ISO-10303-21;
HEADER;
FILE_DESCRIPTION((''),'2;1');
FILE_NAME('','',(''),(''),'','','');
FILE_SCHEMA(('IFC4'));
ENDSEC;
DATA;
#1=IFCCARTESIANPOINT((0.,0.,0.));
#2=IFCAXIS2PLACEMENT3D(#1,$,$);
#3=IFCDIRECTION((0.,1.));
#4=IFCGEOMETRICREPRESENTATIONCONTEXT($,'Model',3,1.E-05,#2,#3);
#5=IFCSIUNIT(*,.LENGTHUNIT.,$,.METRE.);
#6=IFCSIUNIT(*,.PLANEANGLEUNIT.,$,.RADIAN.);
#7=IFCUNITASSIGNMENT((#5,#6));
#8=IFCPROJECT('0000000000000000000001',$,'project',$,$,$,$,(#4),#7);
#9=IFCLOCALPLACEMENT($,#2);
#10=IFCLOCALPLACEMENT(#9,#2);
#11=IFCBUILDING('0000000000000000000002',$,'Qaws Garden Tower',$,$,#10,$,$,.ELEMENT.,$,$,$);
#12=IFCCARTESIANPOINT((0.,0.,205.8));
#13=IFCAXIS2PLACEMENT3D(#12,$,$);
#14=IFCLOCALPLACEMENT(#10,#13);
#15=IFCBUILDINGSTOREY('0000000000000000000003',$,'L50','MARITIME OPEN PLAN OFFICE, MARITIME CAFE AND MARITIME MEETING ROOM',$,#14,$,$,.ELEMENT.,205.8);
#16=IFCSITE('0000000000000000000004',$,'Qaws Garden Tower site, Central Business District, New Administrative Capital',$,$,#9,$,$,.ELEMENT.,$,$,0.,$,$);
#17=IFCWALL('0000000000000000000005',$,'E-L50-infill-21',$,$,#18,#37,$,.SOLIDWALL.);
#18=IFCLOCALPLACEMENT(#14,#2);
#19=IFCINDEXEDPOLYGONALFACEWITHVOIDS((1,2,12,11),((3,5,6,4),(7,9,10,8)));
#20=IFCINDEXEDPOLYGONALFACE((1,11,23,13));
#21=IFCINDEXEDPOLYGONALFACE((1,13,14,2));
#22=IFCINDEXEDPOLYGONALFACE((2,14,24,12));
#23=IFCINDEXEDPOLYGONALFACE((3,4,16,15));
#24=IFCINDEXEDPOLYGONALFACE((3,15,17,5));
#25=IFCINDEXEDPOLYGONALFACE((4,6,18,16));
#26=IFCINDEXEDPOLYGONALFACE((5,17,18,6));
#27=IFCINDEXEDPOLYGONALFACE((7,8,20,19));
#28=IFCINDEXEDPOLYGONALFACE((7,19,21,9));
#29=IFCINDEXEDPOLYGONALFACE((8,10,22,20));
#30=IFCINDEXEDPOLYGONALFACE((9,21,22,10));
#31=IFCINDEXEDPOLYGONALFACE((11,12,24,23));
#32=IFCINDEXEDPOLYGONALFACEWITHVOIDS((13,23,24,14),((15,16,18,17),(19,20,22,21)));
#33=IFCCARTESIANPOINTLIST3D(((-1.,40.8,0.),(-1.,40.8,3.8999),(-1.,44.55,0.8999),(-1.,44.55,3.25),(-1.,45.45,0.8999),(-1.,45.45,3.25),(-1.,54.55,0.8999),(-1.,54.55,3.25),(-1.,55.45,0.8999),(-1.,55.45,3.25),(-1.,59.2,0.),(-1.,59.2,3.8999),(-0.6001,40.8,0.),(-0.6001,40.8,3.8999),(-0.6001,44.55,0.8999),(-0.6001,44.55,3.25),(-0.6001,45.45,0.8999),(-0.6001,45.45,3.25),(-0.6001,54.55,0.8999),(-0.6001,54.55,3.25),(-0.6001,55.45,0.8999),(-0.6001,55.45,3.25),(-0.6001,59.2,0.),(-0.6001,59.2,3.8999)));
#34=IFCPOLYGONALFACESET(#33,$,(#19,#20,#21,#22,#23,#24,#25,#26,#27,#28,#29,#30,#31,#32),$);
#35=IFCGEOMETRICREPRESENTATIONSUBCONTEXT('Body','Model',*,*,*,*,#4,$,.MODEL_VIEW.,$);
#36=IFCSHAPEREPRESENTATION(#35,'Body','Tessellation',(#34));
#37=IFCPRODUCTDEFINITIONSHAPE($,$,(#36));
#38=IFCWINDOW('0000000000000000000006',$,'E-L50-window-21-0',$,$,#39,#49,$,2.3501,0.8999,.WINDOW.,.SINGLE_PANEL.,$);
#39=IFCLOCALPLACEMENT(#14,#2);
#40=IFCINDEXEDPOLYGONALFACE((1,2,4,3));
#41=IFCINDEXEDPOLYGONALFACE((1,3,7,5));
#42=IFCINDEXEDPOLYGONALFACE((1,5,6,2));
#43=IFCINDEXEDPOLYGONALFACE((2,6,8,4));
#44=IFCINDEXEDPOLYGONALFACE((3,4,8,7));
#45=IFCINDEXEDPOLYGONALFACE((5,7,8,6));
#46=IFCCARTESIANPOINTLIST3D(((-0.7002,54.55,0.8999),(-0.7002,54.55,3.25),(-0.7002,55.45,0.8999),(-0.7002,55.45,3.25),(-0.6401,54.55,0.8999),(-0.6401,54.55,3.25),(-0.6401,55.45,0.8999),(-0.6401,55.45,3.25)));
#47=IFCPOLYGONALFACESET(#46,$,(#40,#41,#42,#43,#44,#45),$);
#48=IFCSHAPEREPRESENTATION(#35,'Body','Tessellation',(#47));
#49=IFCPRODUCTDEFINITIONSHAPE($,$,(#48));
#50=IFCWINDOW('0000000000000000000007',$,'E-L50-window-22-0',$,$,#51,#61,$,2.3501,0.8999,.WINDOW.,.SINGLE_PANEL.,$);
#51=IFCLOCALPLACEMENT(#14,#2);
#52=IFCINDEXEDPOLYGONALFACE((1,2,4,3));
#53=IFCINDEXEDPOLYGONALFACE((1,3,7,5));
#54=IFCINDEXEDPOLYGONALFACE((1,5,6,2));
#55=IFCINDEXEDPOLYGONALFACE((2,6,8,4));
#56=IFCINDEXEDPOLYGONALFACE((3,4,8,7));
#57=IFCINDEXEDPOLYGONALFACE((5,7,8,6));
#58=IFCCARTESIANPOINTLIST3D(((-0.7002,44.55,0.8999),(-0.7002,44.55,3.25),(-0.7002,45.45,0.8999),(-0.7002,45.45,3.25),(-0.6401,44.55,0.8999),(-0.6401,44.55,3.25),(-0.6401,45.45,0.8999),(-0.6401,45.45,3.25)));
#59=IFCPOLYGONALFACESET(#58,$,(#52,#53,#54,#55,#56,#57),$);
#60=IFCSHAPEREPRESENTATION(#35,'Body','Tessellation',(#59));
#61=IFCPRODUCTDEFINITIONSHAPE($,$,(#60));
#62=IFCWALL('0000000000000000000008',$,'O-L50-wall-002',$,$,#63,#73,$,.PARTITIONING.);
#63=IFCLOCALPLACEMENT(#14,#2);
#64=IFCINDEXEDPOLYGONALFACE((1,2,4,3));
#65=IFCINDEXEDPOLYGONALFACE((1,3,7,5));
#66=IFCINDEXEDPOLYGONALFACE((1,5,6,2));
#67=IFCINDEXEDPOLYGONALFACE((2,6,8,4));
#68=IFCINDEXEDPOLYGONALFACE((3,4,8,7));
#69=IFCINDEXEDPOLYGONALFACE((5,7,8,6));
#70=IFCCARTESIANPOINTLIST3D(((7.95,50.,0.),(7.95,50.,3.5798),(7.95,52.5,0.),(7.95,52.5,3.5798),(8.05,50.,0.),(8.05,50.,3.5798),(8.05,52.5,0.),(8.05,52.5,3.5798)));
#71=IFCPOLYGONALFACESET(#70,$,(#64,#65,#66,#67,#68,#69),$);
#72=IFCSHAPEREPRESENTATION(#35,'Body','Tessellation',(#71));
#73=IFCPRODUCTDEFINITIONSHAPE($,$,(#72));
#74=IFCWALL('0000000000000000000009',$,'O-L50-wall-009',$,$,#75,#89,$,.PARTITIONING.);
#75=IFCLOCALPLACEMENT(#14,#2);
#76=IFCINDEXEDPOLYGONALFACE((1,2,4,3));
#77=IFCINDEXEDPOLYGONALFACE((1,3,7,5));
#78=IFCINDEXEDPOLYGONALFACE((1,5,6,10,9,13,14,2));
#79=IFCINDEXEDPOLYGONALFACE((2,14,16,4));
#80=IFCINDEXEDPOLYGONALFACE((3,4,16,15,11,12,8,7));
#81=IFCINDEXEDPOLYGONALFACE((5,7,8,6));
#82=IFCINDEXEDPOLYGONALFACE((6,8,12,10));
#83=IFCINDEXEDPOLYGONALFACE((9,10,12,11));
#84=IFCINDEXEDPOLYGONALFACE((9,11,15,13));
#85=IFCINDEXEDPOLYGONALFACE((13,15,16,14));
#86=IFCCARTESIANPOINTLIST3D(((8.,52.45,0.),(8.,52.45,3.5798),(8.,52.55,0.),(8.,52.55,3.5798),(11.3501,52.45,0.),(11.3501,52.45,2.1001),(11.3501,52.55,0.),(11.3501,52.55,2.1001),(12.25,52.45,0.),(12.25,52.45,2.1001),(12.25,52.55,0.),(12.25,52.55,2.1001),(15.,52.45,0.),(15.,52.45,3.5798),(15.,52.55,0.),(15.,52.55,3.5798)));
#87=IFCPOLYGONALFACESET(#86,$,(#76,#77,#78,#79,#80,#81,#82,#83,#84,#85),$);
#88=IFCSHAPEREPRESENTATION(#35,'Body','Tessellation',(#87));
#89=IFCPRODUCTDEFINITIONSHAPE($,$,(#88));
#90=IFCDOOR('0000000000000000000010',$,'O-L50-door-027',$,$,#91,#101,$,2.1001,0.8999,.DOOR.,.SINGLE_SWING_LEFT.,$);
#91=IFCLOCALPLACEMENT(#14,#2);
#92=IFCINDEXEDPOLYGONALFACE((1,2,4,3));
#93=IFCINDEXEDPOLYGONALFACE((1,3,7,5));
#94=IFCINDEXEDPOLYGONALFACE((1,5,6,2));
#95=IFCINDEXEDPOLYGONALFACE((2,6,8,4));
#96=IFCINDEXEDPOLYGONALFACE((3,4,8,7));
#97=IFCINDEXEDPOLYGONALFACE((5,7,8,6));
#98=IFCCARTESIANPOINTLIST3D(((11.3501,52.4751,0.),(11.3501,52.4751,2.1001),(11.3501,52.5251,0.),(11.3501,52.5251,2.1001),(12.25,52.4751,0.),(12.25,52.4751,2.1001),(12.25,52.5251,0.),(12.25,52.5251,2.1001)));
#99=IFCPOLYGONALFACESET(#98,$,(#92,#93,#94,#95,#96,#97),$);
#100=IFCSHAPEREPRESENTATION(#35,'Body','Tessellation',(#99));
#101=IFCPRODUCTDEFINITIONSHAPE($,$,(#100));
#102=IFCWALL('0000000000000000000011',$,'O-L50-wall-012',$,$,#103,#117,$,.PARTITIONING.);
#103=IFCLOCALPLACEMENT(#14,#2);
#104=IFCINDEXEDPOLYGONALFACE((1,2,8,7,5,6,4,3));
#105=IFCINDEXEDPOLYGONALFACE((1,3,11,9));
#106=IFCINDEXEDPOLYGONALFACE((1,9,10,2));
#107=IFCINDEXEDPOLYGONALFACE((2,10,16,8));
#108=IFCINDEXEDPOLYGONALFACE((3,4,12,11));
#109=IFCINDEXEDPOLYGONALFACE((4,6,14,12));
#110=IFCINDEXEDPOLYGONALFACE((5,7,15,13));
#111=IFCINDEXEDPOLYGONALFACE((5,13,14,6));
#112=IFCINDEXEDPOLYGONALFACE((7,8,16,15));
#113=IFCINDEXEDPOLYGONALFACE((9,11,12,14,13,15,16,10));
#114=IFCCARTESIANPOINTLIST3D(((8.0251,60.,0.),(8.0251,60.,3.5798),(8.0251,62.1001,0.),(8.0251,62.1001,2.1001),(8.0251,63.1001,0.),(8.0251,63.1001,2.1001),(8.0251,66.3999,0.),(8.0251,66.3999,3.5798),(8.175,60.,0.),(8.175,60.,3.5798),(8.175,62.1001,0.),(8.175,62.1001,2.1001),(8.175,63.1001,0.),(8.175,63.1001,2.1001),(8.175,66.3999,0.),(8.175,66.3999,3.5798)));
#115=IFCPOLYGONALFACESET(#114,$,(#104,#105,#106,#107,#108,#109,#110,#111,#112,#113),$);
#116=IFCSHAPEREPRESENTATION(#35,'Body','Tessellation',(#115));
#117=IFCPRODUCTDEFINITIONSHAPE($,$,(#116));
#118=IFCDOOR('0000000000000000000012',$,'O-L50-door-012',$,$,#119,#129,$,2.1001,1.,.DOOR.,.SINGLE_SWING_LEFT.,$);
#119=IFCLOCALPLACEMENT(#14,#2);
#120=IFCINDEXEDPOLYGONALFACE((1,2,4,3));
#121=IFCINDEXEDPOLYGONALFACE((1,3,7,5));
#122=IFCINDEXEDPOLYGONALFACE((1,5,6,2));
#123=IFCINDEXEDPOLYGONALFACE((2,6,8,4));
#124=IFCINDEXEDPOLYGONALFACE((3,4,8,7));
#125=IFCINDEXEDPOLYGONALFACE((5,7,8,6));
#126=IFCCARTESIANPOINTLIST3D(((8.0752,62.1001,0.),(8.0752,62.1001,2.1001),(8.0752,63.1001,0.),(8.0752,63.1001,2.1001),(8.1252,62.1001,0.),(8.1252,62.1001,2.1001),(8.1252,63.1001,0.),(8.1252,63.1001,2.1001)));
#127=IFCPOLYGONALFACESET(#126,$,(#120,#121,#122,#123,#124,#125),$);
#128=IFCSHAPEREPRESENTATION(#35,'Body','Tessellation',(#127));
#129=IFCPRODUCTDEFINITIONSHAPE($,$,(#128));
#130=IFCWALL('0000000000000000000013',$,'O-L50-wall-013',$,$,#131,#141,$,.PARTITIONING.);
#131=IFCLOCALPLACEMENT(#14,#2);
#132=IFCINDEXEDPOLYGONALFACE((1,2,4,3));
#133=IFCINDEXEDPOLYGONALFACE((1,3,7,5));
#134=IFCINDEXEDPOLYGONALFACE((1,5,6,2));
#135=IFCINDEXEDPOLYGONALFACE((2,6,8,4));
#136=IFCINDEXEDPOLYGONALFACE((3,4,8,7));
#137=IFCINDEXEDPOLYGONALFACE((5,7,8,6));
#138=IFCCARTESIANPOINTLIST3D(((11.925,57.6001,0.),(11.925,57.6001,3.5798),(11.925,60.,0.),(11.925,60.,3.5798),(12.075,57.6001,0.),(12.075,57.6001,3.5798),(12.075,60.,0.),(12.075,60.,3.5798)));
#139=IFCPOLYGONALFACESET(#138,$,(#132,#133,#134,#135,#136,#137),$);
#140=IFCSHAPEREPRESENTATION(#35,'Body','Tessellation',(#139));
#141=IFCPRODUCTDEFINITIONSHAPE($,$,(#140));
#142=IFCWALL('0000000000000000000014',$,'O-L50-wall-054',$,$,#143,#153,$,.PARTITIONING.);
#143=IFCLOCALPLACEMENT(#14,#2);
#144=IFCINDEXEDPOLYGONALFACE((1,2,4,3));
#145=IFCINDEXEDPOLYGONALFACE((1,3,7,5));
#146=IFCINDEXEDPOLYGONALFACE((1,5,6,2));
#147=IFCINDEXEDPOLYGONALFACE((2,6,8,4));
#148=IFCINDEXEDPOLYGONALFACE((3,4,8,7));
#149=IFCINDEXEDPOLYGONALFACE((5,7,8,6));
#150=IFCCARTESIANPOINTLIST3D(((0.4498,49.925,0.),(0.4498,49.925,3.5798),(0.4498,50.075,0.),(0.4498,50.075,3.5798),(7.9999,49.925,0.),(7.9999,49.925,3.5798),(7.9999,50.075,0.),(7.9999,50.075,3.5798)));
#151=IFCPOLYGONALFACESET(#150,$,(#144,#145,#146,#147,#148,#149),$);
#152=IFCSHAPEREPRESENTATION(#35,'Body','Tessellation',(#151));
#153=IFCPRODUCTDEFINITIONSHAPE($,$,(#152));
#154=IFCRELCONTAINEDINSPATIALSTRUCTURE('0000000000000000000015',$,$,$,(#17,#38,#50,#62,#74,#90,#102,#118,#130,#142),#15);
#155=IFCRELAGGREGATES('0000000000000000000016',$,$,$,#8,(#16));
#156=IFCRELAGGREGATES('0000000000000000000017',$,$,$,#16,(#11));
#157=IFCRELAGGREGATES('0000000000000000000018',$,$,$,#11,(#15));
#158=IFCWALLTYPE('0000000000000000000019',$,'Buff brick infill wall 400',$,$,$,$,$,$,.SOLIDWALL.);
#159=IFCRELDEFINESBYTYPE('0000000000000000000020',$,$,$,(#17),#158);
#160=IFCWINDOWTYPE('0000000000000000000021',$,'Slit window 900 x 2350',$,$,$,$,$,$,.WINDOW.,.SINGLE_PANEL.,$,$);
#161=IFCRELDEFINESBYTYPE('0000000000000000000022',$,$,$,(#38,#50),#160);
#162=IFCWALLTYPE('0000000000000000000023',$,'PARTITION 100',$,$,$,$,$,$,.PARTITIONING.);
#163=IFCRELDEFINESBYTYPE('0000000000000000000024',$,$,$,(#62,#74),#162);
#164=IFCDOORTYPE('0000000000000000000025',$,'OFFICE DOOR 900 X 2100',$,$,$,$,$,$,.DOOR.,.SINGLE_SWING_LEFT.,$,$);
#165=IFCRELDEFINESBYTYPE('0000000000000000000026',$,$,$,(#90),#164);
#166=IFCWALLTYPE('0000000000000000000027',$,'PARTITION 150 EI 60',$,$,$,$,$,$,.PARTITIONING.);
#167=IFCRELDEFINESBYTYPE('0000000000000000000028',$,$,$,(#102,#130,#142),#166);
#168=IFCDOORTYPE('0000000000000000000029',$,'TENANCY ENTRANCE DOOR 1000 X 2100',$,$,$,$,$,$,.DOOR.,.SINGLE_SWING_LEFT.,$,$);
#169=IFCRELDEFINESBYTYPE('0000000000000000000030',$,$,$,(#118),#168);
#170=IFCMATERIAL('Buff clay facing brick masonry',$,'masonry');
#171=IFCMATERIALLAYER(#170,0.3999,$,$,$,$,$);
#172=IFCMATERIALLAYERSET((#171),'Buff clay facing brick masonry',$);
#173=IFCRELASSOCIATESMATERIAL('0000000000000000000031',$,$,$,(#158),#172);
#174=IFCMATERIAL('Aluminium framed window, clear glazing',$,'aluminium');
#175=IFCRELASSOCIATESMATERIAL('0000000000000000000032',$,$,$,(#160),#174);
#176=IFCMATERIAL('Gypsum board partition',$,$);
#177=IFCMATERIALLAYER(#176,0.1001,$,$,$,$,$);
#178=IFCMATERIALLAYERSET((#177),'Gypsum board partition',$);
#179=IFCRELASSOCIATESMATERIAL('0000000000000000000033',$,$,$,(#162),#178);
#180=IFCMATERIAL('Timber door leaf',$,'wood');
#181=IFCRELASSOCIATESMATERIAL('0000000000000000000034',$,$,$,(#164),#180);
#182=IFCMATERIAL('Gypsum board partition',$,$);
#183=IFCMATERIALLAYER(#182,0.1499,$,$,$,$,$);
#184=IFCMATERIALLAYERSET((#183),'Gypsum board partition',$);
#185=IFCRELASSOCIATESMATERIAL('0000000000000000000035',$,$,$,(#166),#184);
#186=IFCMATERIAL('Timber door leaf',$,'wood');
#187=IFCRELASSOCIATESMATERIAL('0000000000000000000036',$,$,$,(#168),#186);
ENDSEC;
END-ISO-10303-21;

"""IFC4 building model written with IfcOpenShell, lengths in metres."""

from ifc_helpers import new_model, si_unit, direction, frame, frame_2d, origin, place, context, subcontext, project, spatial, rectangle, extrude, material, layer, layer_set, type_object, element, fill, save


model = new_model("IFC4")

# Units and contexts
model_context = context("Model", 3, precision=1e-05, world=origin(), true_north=direction((0.0, 1.0)))
body_context = subcontext(model_context, "Body", "Model", "MODEL_VIEW")
ifc_project = project(units=[si_unit("LENGTHUNIT", "METRE"), si_unit("PLANEANGLEUNIT", "RADIAN")], contexts=[model_context])

# Site, building, storey
site_placement = place(None, origin())
site = spatial("IfcSite", under=ifc_project, at=site_placement, Name="Qaws Garden Tower site, Central Business District, New Administrative Capital", CompositionType="ELEMENT", RefElevation=0.0)
building_placement = place(site_placement, origin())
building = spatial("IfcBuilding", under=site, at=building_placement, Name="Qaws Garden Tower", CompositionType="ELEMENT")
storey_placement = place(building_placement, frame((0.0, 0.0, 205.8)))
storey = spatial("IfcBuildingStorey", under=building, at=storey_placement, Name="L50", Description="MARITIME OPEN PLAN OFFICE, MARITIME CAFE AND MARITIME MEETING ROOM", CompositionType="ELEMENT", Elevation=205.8)

# Shared definitions
ifc_material_1 = material(Name="Buff clay facing brick masonry", Category="masonry")
ifc_layer_1 = layer(ifc_material_1, 0.3999)
ifc_layer_set_1 = layer_set([ifc_layer_1], Name="Buff clay facing brick masonry")
wall_type_1 = type_object("IfcWallType", Name="Buff brick infill wall 400", PredefinedType="SOLIDWALL", material=ifc_layer_set_1)

# Wall, openings, windows
wall_1_placement = place(storey_placement, frame((-0.8, 59.2, 0.0), z_axis=(0.0, 0.0, 1.0), x_axis=(0.0, -1.0, 0.0)))
wall_1 = element("IfcWall", 1, at=wall_1_placement, inside=storey, type_object=wall_type_1, Name="E-L50-infill-21", PredefinedType="SOLIDWALL", context=body_context, shape_type="SweptSolid", body=[
    extrude(rectangle(XDim=18.3999, YDim=0.3999, at=frame_2d((9.2, 0.0))), origin(), (0.0, 0.0, 1.0), 3.8999),
])
opening_1_placement = place(wall_1_placement, frame((3.75, 0.0, 0.8999)))
opening_1 = element("IfcOpeningElement", 2, at=opening_1_placement, cuts=wall_1, PredefinedType="OPENING", context=body_context, shape_type="SweptSolid", body=[
    extrude(rectangle(XDim=0.8999, YDim=2.3501, at=frame_2d((0.45, 1.175))), frame((0.0, 0.21, 0.0), z_axis=(0.0, -1.0, 0.0), x_axis=(1.0, 0.0, 0.0)), (0.0, 0.0, 1.0), 0.4199),
])
opening_2_placement = place(wall_1_placement, frame((13.75, 0.0, 0.8999)))
opening_2 = element("IfcOpeningElement", 3, at=opening_2_placement, cuts=wall_1, PredefinedType="OPENING", context=body_context, shape_type="SweptSolid", body=[
    extrude(rectangle(XDim=0.8999, YDim=2.3501, at=frame_2d((0.45, 1.175))), frame((0.0, 0.21, 0.0), z_axis=(0.0, -1.0, 0.0), x_axis=(1.0, 0.0, 0.0)), (0.0, 0.0, 1.0), 0.4199),
])
ifc_material_2 = material(Name="Aluminium framed window, clear glazing", Category="aluminium")
window_type_1 = type_object("IfcWindowType", Name="Slit window 900 x 2350", PartitioningType="SINGLE_PANEL", PredefinedType="WINDOW", material=ifc_material_2)
window_1_placement = place(opening_1_placement, origin())
window_1 = element("IfcWindow", 4, at=window_1_placement, inside=storey, type_object=window_type_1, Name="E-L50-window-21-0", OverallHeight=2.3501, OverallWidth=0.8999, PartitioningType="SINGLE_PANEL", PredefinedType="WINDOW", context=body_context, shape_type="SweptSolid", body=[
    extrude(rectangle(XDim=0.8999, YDim=2.3501, at=frame_2d((0.45, 1.175))), frame((0.0, 0.1599, 0.0), z_axis=(0.0, -1.0, 0.0), x_axis=(1.0, 0.0, 0.0)), (0.0, 0.0, 1.0), 0.0601),
])
fill(opening_1, window_1)
window_2_placement = place(opening_2_placement, origin())
window_2 = element("IfcWindow", 5, at=window_2_placement, inside=storey, type_object=window_type_1, Name="E-L50-window-22-0", OverallHeight=2.3501, OverallWidth=0.8999, PartitioningType="SINGLE_PANEL", PredefinedType="WINDOW", context=body_context, shape_type="SweptSolid", body=[
    extrude(rectangle(XDim=0.8999, YDim=2.3501, at=frame_2d((0.45, 1.175))), frame((0.0, 0.1599, 0.0), z_axis=(0.0, -1.0, 0.0), x_axis=(1.0, 0.0, 0.0)), (0.0, 0.0, 1.0), 0.0601),
])
fill(opening_2, window_2)

# Wall
ifc_material_3 = material(Name="Gypsum board partition")
ifc_layer_2 = layer(ifc_material_3, 0.1001)
ifc_layer_set_2 = layer_set([ifc_layer_2], Name="Gypsum board partition")
wall_type_2 = type_object("IfcWallType", Name="PARTITION 100", PredefinedType="PARTITIONING", material=ifc_layer_set_2)
wall_2_placement = place(storey_placement, frame((8.0, 50.0, 0.0), z_axis=(0.0, 0.0, 1.0), x_axis=(0.0, 1.0, 0.0)))
element("IfcWall", 6, at=wall_2_placement, inside=storey, type_object=wall_type_2, Name="O-L50-wall-002", PredefinedType="PARTITIONING", context=body_context, shape_type="SweptSolid", body=[
    extrude(rectangle(XDim=2.5, YDim=0.1001, at=frame_2d((1.25, 0.0))), origin(), (0.0, 0.0, 1.0), 3.5798),
])

# Walls, openings, doors
wall_3_placement = place(storey_placement, frame((8.0, 52.5, 0.0), z_axis=(0.0, 0.0, 1.0), x_axis=(1.0, 0.0, 0.0)))
wall_3 = element("IfcWall", 7, at=wall_3_placement, inside=storey, type_object=wall_type_2, Name="O-L50-wall-009", PredefinedType="PARTITIONING", context=body_context, shape_type="SweptSolid", body=[
    extrude(rectangle(XDim=7.0, YDim=0.1001, at=frame_2d((3.5, 0.0))), origin(), (0.0, 0.0, 1.0), 3.5798),
])
opening_3_placement = place(wall_3_placement, frame((3.3501, 0.0, 0.0)))
opening_3 = element("IfcOpeningElement", 8, at=opening_3_placement, cuts=wall_3, PredefinedType="OPENING", context=body_context, shape_type="SweptSolid", body=[
    extrude(rectangle(XDim=0.8999, YDim=2.1001, at=frame_2d((0.45, 1.05))), frame((0.0, 0.0601, 0.0), z_axis=(0.0, -1.0, 0.0), x_axis=(1.0, 0.0, 0.0)), (0.0, 0.0, 1.0), 0.1201),
])
ifc_material_4 = material(Name="Timber door leaf", Category="wood")
door_type_1 = type_object("IfcDoorType", Name="OFFICE DOOR 900 X 2100", OperationType="SINGLE_SWING_LEFT", PredefinedType="DOOR", material=ifc_material_4)
door_1_placement = place(opening_3_placement, frame((0.8999, 0.0, 0.0), z_axis=(0.0, 0.0, 1.0), x_axis=(-1.0, 0.0, 0.0)))
door_1 = element("IfcDoor", 9, at=door_1_placement, inside=storey, type_object=door_type_1, Name="O-L50-door-027", OperationType="SINGLE_SWING_LEFT", OverallHeight=2.1001, OverallWidth=0.8999, PredefinedType="DOOR", context=body_context, shape_type="SweptSolid", body=[
    extrude(rectangle(XDim=0.8999, YDim=2.1001, at=frame_2d((0.45, 1.05))), frame((0.0, 0.0249, 0.0), z_axis=(0.0, -1.0, 0.0), x_axis=(1.0, 0.0, 0.0)), (0.0, 0.0, 1.0), 0.05),
])
fill(opening_3, door_1)
ifc_material_5 = material(Name="Gypsum board partition")
ifc_layer_3 = layer(ifc_material_5, 0.1499)
ifc_layer_set_3 = layer_set([ifc_layer_3], Name="Gypsum board partition")
wall_type_3 = type_object("IfcWallType", Name="PARTITION 150 EI 60", PredefinedType="PARTITIONING", material=ifc_layer_set_3)
wall_4_placement = place(storey_placement, frame((8.1001, 60.0, 0.0), z_axis=(0.0, 0.0, 1.0), x_axis=(0.0, 1.0, 0.0)))
wall_4 = element("IfcWall", 10, at=wall_4_placement, inside=storey, type_object=wall_type_3, Name="O-L50-wall-012", PredefinedType="PARTITIONING", context=body_context, shape_type="SweptSolid", body=[
    extrude(rectangle(XDim=6.3999, YDim=0.1499, at=frame_2d((3.2, 0.0))), origin(), (0.0, 0.0, 1.0), 3.5798),
])
opening_4_placement = place(wall_4_placement, frame((2.1001, 0.0, 0.0)))
opening_4 = element("IfcOpeningElement", 11, at=opening_4_placement, cuts=wall_4, PredefinedType="OPENING", context=body_context, shape_type="SweptSolid", body=[
    extrude(rectangle(XDim=1.0, YDim=2.1001, at=frame_2d((0.5, 1.05))), frame((0.0, 0.085, 0.0), z_axis=(0.0, -1.0, 0.0), x_axis=(1.0, 0.0, 0.0)), (0.0, 0.0, 1.0), 0.1699),
])
ifc_material_6 = material(Name="Timber door leaf", Category="wood")
door_type_2 = type_object("IfcDoorType", Name="TENANCY ENTRANCE DOOR 1000 X 2100", OperationType="SINGLE_SWING_LEFT", PredefinedType="DOOR", material=ifc_material_6)
door_2_placement = place(opening_4_placement, origin())
door_2 = element("IfcDoor", 12, at=door_2_placement, inside=storey, type_object=door_type_2, Name="O-L50-door-012", OperationType="SINGLE_SWING_LEFT", OverallHeight=2.1001, OverallWidth=1.0, PredefinedType="DOOR", context=body_context, shape_type="SweptSolid", body=[
    extrude(rectangle(XDim=1.0, YDim=2.1001, at=frame_2d((0.5, 1.05))), frame((0.0, 0.0249, 0.0), z_axis=(0.0, -1.0, 0.0), x_axis=(1.0, 0.0, 0.0)), (0.0, 0.0, 1.0), 0.05),
])
fill(opening_4, door_2)

# Walls
wall_5_placement = place(storey_placement, frame((12.0, 57.6001, 0.0), z_axis=(0.0, 0.0, 1.0), x_axis=(0.0, 1.0, 0.0)))
element("IfcWall", 13, at=wall_5_placement, inside=storey, type_object=wall_type_3, Name="O-L50-wall-013", PredefinedType="PARTITIONING", context=body_context, shape_type="SweptSolid", body=[
    extrude(rectangle(XDim=2.3999, YDim=0.1499, at=frame_2d((1.2, 0.0))), origin(), (0.0, 0.0, 1.0), 3.5798),
])
wall_6_placement = place(storey_placement, frame((0.45, 50.0, 0.0), z_axis=(0.0, 0.0, 1.0), x_axis=(1.0, 0.0, 0.0)))
element("IfcWall", 14, at=wall_6_placement, inside=storey, type_object=wall_type_3, Name="O-L50-wall-054", PredefinedType="PARTITIONING", context=body_context, shape_type="SweptSolid", body=[
    extrude(rectangle(XDim=7.55, YDim=0.1499, at=frame_2d((3.7749, 0.0))), origin(), (0.0, 0.0, 1.0), 3.5798),
])

save(model, "model.ifc")
